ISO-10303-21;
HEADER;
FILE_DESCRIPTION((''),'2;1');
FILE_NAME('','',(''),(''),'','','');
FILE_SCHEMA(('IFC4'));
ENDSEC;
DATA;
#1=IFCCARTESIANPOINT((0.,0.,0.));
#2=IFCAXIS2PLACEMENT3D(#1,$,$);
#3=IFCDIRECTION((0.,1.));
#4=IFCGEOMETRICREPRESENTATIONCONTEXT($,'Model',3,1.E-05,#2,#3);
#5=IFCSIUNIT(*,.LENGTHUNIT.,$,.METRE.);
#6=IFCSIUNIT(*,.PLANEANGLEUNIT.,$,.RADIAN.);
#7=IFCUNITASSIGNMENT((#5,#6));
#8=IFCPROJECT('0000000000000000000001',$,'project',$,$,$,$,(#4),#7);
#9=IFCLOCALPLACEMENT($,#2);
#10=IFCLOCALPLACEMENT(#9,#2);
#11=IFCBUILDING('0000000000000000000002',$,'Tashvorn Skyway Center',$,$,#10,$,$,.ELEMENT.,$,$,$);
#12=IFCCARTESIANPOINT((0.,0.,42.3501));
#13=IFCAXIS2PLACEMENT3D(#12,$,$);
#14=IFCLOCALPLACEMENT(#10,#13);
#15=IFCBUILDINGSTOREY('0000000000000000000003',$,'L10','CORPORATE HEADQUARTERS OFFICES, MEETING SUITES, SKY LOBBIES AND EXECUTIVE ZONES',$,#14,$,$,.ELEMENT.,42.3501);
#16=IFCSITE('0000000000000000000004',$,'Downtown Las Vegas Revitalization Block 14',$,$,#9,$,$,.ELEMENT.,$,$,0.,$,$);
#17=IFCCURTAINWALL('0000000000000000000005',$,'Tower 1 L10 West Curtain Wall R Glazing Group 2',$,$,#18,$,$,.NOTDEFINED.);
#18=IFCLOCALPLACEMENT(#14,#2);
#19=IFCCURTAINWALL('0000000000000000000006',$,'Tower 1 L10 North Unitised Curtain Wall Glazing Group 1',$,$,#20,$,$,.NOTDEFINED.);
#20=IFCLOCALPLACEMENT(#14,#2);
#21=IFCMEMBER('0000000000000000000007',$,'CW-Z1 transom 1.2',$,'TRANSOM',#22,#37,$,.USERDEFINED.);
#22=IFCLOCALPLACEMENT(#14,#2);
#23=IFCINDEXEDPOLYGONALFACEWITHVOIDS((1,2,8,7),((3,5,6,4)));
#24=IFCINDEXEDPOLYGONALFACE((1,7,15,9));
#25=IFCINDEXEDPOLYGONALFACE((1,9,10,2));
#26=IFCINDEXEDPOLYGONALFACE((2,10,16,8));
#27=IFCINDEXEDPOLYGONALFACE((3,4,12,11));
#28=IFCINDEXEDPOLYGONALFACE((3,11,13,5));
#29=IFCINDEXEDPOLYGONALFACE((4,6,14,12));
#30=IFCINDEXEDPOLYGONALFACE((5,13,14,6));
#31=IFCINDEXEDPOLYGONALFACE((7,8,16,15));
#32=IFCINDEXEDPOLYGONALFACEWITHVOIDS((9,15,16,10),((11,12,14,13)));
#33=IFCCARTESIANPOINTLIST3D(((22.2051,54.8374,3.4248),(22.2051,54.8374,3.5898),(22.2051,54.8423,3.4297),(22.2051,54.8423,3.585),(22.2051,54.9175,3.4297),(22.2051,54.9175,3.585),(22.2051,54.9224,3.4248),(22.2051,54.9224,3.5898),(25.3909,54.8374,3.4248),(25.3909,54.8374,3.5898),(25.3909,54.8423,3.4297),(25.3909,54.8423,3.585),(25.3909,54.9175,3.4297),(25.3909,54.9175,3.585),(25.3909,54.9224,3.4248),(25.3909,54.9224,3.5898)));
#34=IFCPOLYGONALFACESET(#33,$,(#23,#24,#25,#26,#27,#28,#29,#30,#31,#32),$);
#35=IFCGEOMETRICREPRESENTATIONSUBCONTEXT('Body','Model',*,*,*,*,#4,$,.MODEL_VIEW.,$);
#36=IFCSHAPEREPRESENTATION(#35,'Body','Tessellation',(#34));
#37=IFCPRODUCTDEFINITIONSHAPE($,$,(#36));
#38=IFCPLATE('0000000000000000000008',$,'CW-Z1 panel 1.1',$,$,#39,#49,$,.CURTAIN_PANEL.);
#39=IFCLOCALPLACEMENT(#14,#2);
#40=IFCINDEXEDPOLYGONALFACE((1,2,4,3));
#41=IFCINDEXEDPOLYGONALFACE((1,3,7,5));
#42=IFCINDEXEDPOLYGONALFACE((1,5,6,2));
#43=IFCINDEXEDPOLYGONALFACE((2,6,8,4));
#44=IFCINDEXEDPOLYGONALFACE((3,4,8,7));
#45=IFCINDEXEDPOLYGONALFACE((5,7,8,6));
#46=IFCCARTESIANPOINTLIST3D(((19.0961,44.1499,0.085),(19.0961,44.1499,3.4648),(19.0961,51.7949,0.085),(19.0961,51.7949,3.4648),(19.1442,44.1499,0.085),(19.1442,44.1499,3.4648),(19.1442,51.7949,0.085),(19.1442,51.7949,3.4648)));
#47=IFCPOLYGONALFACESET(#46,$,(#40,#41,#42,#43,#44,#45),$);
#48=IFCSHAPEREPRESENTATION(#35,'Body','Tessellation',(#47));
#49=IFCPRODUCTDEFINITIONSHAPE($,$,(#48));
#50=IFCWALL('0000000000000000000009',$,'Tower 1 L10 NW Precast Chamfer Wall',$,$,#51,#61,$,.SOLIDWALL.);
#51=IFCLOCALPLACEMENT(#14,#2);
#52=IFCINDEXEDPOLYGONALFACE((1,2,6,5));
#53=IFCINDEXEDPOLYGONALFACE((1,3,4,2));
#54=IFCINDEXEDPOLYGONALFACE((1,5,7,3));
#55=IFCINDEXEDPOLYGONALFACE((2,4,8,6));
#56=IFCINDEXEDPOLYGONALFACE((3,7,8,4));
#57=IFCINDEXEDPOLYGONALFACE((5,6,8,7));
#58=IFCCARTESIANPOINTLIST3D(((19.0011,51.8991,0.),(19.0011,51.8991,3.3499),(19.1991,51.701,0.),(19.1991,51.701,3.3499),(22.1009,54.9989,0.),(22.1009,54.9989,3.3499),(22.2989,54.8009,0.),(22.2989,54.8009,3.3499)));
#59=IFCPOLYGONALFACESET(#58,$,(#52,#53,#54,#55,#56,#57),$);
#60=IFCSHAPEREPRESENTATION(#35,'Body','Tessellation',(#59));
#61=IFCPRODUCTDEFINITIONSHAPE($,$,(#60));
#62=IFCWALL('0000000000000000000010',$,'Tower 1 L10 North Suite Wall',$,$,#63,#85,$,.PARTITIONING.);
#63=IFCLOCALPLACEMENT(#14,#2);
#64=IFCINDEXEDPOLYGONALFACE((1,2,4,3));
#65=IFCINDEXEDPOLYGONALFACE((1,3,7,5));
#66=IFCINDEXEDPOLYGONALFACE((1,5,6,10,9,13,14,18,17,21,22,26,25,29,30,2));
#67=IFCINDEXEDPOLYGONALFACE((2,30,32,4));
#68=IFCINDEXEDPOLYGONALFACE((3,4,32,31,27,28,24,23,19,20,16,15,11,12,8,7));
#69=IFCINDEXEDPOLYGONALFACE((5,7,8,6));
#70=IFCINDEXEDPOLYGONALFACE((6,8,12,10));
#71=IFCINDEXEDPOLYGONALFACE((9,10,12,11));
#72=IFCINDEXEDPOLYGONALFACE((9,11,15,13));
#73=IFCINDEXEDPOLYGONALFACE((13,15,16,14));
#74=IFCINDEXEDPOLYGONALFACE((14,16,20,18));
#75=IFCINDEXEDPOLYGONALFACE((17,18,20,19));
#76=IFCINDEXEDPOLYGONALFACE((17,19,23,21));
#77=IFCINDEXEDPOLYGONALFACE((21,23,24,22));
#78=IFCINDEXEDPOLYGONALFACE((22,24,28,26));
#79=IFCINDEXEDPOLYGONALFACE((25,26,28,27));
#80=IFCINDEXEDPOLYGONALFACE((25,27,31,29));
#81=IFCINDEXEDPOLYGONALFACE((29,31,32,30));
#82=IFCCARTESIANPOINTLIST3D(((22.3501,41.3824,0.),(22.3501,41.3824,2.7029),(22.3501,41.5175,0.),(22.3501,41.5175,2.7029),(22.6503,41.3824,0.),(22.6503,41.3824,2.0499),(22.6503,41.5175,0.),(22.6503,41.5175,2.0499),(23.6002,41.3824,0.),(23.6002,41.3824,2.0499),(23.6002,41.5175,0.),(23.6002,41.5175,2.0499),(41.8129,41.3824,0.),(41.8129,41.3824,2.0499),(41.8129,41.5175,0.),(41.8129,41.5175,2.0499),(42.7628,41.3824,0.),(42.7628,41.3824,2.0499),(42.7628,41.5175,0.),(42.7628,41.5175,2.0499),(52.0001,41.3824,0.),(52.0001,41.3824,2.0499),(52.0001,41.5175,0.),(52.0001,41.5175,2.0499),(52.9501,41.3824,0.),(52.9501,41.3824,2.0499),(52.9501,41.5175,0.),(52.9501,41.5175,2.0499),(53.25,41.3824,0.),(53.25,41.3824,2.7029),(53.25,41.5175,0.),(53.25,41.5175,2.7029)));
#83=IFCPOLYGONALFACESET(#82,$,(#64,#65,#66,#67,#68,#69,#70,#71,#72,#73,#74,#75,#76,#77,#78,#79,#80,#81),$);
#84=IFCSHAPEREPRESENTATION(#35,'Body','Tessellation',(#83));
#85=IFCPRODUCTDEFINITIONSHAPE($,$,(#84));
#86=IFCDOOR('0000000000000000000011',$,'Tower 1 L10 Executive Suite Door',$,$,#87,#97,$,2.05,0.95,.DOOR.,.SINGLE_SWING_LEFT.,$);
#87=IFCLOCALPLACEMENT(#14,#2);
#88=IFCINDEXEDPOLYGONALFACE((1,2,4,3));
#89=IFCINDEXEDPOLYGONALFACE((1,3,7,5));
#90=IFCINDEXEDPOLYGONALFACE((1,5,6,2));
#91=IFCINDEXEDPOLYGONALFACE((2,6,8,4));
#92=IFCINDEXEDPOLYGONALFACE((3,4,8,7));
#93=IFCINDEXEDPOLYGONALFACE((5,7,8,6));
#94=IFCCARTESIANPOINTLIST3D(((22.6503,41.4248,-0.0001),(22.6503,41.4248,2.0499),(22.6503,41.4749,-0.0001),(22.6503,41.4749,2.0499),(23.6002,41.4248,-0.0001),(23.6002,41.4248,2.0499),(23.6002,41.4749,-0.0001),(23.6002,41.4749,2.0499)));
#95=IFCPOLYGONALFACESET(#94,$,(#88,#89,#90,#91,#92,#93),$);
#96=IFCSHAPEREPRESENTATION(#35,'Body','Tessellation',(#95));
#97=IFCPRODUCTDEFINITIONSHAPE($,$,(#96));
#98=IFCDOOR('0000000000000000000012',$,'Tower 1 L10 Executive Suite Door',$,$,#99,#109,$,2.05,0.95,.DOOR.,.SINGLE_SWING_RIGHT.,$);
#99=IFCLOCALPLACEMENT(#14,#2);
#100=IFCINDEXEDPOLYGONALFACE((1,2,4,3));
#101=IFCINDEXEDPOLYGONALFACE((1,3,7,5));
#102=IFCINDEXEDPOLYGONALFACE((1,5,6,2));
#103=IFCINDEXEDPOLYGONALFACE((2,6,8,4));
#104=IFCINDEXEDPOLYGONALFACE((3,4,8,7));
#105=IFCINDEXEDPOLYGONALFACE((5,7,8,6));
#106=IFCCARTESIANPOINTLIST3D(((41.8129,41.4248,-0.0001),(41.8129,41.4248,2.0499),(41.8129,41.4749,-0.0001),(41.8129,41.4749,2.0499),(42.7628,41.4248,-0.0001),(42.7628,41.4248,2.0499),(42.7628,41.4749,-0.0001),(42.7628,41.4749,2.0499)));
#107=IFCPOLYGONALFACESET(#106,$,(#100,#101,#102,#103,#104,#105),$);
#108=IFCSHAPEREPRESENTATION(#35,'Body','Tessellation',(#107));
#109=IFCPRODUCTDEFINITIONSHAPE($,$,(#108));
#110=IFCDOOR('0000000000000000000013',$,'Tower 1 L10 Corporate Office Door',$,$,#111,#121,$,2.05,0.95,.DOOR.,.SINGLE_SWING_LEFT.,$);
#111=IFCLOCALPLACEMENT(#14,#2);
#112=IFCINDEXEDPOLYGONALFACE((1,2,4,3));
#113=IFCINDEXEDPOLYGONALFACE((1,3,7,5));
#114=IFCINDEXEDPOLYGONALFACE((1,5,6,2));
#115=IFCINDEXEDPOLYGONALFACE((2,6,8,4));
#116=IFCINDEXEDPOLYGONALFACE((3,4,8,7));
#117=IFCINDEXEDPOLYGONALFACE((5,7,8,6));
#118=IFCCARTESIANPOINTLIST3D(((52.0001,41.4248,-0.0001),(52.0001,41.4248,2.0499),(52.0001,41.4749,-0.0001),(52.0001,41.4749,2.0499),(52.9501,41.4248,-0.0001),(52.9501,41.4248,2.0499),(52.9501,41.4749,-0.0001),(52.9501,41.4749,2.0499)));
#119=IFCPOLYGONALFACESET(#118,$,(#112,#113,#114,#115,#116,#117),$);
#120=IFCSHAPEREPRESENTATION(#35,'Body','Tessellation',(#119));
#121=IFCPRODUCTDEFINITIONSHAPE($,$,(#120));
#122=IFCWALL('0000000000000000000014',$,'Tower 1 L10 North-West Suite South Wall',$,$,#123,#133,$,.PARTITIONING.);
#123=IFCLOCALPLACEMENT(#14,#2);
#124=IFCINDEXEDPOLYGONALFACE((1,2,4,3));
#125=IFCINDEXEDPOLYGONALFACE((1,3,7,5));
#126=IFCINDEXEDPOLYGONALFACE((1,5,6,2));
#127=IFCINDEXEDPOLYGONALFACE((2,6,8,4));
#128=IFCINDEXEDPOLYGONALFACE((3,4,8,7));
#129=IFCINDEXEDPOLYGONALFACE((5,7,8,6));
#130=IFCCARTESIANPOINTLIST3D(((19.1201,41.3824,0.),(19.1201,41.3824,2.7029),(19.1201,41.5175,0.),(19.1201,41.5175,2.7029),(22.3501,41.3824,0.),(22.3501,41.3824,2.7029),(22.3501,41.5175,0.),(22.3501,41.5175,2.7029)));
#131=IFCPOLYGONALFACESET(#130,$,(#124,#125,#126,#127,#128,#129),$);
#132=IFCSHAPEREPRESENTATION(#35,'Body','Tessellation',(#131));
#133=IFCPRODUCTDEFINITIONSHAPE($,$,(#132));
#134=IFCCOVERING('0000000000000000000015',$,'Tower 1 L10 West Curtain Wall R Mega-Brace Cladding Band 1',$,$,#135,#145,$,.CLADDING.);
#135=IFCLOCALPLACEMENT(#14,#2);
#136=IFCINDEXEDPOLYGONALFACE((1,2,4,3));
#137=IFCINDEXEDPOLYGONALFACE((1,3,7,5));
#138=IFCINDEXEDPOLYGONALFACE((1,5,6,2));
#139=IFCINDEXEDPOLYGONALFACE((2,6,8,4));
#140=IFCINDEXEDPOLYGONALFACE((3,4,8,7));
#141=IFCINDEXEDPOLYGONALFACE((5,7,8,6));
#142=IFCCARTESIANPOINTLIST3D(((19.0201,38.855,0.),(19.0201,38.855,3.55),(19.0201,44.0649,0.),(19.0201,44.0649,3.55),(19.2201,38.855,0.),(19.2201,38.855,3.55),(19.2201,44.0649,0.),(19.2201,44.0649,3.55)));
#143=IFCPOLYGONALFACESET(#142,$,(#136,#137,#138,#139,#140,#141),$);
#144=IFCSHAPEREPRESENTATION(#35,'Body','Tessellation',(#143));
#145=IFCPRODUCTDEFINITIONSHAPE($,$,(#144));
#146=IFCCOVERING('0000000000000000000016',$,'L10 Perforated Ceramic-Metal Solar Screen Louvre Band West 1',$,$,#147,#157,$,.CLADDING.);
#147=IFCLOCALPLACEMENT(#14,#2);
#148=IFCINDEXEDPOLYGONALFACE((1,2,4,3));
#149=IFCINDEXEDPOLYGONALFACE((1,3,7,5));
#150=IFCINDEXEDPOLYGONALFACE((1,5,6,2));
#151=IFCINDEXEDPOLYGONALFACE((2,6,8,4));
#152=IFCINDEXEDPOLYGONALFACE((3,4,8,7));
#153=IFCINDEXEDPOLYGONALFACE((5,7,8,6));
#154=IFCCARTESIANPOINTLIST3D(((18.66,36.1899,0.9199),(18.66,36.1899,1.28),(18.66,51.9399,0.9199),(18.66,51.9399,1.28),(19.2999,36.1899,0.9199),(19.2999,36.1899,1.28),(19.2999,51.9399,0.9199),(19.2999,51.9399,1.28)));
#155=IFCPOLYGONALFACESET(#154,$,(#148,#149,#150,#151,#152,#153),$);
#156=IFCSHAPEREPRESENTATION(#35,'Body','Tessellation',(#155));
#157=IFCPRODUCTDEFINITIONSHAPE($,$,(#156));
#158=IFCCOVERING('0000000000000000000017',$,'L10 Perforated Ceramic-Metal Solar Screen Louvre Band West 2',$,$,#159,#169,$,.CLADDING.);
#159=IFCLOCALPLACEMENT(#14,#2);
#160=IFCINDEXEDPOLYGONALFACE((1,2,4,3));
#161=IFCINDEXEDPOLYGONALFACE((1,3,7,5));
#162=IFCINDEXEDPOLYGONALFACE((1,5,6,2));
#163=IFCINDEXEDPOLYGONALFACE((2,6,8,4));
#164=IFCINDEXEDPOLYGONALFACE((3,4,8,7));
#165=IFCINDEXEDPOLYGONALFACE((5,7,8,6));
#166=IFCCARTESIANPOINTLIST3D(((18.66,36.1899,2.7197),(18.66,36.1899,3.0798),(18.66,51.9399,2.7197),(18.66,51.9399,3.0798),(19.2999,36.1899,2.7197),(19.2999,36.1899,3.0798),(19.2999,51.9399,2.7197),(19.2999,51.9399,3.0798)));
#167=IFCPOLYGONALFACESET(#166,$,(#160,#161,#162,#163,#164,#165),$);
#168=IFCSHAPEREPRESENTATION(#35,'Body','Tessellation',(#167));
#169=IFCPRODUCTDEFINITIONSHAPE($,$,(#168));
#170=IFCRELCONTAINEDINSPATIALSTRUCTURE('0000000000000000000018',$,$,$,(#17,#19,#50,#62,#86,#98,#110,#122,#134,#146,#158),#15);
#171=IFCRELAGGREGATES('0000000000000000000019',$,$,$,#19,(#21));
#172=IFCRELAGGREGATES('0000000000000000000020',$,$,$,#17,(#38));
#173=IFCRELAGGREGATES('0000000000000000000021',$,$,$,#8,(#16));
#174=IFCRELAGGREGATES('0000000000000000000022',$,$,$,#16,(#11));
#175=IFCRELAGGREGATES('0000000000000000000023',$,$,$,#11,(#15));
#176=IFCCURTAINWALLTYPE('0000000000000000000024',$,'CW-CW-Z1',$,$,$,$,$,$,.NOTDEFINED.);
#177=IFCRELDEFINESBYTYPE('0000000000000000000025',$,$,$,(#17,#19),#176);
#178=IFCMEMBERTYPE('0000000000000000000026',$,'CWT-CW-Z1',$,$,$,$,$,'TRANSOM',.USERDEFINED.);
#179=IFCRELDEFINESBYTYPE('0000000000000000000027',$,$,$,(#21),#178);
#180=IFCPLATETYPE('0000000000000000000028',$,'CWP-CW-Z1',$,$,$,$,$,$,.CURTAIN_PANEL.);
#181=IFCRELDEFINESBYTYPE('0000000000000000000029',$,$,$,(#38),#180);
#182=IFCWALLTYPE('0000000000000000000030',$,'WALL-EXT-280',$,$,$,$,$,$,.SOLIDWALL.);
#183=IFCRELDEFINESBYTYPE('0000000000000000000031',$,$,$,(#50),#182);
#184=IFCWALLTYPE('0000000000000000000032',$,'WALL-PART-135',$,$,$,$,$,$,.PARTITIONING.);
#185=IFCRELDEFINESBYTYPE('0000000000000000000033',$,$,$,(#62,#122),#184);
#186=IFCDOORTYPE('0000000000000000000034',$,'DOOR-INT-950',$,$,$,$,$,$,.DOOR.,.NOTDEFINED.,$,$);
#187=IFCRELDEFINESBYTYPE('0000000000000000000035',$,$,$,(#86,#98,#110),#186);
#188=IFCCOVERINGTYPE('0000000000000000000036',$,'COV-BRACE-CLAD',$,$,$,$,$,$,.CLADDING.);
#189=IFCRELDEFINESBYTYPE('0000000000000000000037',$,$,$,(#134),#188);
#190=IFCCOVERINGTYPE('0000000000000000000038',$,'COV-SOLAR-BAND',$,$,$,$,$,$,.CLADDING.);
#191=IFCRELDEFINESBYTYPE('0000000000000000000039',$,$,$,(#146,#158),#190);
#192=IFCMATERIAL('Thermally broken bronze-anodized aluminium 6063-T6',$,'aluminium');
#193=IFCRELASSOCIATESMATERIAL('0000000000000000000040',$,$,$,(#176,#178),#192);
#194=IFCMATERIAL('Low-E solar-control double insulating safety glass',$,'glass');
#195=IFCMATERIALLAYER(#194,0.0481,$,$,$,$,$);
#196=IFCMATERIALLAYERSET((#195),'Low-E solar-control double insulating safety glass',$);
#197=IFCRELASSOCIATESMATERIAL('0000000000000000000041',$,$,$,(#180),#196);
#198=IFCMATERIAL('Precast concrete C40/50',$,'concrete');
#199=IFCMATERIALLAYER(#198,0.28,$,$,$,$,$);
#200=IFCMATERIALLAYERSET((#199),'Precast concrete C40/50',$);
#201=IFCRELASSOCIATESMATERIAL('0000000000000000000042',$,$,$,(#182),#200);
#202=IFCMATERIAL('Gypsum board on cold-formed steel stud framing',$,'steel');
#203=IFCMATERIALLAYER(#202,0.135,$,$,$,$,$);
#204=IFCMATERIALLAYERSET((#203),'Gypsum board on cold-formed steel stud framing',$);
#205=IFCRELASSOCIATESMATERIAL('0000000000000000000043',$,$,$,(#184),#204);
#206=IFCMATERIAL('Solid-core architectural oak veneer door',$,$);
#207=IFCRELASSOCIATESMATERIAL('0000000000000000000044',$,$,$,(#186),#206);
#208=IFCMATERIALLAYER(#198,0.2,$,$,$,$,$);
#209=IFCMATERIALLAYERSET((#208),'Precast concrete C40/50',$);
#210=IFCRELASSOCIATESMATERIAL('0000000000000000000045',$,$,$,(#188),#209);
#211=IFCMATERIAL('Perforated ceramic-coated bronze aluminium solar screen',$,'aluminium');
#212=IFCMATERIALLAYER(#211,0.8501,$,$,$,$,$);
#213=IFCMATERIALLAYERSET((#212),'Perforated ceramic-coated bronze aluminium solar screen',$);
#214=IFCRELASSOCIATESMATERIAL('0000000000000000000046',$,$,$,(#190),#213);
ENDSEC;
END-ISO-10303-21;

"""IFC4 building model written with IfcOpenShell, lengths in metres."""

from ifc_helpers import new_model, si_unit, direction, frame, frame_2d, origin, origin_2d, place, context, subcontext, project, spatial, rectangle, hollow_rectangle, extrude, material, layer, layer_set, material_profile, profile_set, type_object, element, fill, aggregate, save


model = new_model("IFC4")

# Units and contexts
model_context = context("Model", 3, precision=1e-05, world=origin(), true_north=direction((0.0, 1.0)))
body_context = subcontext(model_context, "Body", "Model", "MODEL_VIEW")
ifc_project = project(units=[si_unit("LENGTHUNIT", "METRE"), si_unit("PLANEANGLEUNIT", "RADIAN")], contexts=[model_context])

# Site, building, storey
site_placement = place(None, origin())
site = spatial("IfcSite", under=ifc_project, at=site_placement, Name="Downtown Las Vegas Revitalization Block 14", CompositionType="ELEMENT", RefElevation=0.0)
building_placement = place(site_placement, origin())
building = spatial("IfcBuilding", under=site, at=building_placement, Name="Tashvorn Skyway Center", CompositionType="ELEMENT")
storey_placement = place(building_placement, frame((0.0, 0.0, 42.3501)))
storey = spatial("IfcBuildingStorey", under=building, at=storey_placement, Name="L10", Description="CORPORATE HEADQUARTERS OFFICES, MEETING SUITES, SKY LOBBIES AND EXECUTIVE ZONES", CompositionType="ELEMENT", Elevation=42.3501)

# Curtain wall
ifc_material_1 = material(Name="Thermally broken bronze-anodized aluminium 6063-T6", Category="aluminium")
curtain_wall_type = type_object("IfcCurtainWallType", Name="CW-CW-Z1", PredefinedType="NOTDEFINED", material=ifc_material_1)
curtain_wall_1_placement = place(storey_placement, origin())
curtain_wall_1 = element("IfcCurtainWall", 1, at=curtain_wall_1_placement, inside=storey, type_object=curtain_wall_type, Name="Tower 1 L10 West Curtain Wall R Glazing Group 2", PredefinedType="NOTDEFINED")

# Curtain wall
curtain_wall_2_placement = place(storey_placement, origin())
curtain_wall_2 = element("IfcCurtainWall", 2, at=curtain_wall_2_placement, inside=storey, type_object=curtain_wall_type, Name="Tower 1 L10 North Unitised Curtain Wall Glazing Group 1", PredefinedType="NOTDEFINED")

# Member
ifc_material_profile_1 = material_profile(ifc_material_1, hollow_rectangle(XDim=0.085, YDim=0.165, WallThickness=0.0049, at=origin_2d()), Name="ALU-TRAN-85x165")
ifc_profile_set_1 = profile_set([ifc_material_profile_1], Name="Thermally broken bronze-anodized aluminium 6063-T6")
member_type_1 = type_object("IfcMemberType", Name="CWT-CW-Z1", ElementType="TRANSOM", PredefinedType="USERDEFINED", material=ifc_profile_set_1)
member_1_placement = place(storey_placement, frame((22.2051, 54.8799, 3.5073), z_axis=(1.0, 0.0, 0.0), x_axis=(0.0, 1.0, 0.0)))
member_1 = element("IfcMember", 3, at=member_1_placement, type_object=member_type_1, Name="CW-Z1 transom 1.2", ObjectType="TRANSOM", PredefinedType="USERDEFINED", context=body_context, shape_type="SweptSolid", body=[
    extrude(hollow_rectangle(XDim=0.085, YDim=0.165, WallThickness=0.0049, at=origin_2d()), origin(), (0.0, 0.0, 1.0), 3.1858),
])
aggregate(curtain_wall_2, [member_1])

# Plate
ifc_material_2 = material(Name="Low-E solar-control double insulating safety glass", Category="glass")
ifc_layer_1 = layer(ifc_material_2, 0.0481)
ifc_layer_set_1 = layer_set([ifc_layer_1], Name="Low-E solar-control double insulating safety glass")
plate_type = type_object("IfcPlateType", Name="CWP-CW-Z1", PredefinedType="CURTAIN_PANEL", material=ifc_layer_set_1)
plate_placement = place(storey_placement, frame((19.1201, 47.9724, 0.085), z_axis=(0.0, 0.0, 1.0), x_axis=(0.0, 1.0, 0.0)))
plate = element("IfcPlate", 4, at=plate_placement, type_object=plate_type, Name="CW-Z1 panel 1.1", PredefinedType="CURTAIN_PANEL", context=body_context, shape_type="SweptSolid", body=[
    extrude(rectangle(XDim=7.645, YDim=0.0481, at=origin_2d()), origin(), (0.0, 0.0, 1.0), 3.3799),
])
aggregate(curtain_wall_1, [plate])

# Wall
ifc_material_3 = material(Name="Precast concrete C40/50", Category="concrete")
ifc_layer_2 = layer(ifc_material_3, 0.28)
ifc_layer_set_2 = layer_set([ifc_layer_2], Name="Precast concrete C40/50")
wall_type_1 = type_object("IfcWallType", Name="WALL-EXT-280", PredefinedType="SOLIDWALL", material=ifc_layer_set_2)
wall_1_placement = place(storey_placement, frame((19.1001, 51.8, 0.0), z_axis=(0.0, 0.0, 1.0), x_axis=(0.707107, 0.707107, 0.0)))
element("IfcWall", 5, at=wall_1_placement, inside=storey, type_object=wall_type_1, Name="Tower 1 L10 NW Precast Chamfer Wall", PredefinedType="SOLIDWALL", context=body_context, shape_type="SweptSolid", body=[
    extrude(rectangle(XDim=4.3838, YDim=0.28, at=frame_2d((2.1919, 0.0))), origin(), (0.0, 0.0, 1.0), 3.3499),
])

# Wall, openings, doors
ifc_material_4 = material(Name="Gypsum board on cold-formed steel stud framing", Category="steel")
ifc_layer_3 = layer(ifc_material_4, 0.135)
ifc_layer_set_3 = layer_set([ifc_layer_3], Name="Gypsum board on cold-formed steel stud framing")
wall_type_2 = type_object("IfcWallType", Name="WALL-PART-135", PredefinedType="PARTITIONING", material=ifc_layer_set_3)
wall_2_placement = place(storey_placement, frame((22.3501, 41.45, 0.0), z_axis=(0.0, 0.0, 1.0), x_axis=(1.0, 0.0, 0.0)))
wall_2 = element("IfcWall", 6, at=wall_2_placement, inside=storey, type_object=wall_type_2, Name="Tower 1 L10 North Suite Wall", PredefinedType="PARTITIONING", context=body_context, shape_type="SweptSolid", body=[
    extrude(rectangle(XDim=30.8999, YDim=0.135, at=frame_2d((15.45, 0.0))), origin(), (0.0, 0.0, 1.0), 2.7029),
])
opening_1_placement = place(wall_2_placement, frame((0.3, 0.0, 0.0)))
opening_1 = element("IfcOpeningElement", 7, at=opening_1_placement, cuts=wall_2, PredefinedType="OPENING", context=body_context, shape_type="SweptSolid", body=[
    extrude(rectangle(XDim=0.95, YDim=2.05, at=frame_2d((0.4751, 1.0249))), frame((0.0, 0.0774, 0.0), z_axis=(0.0, -1.0, 0.0), x_axis=(1.0, 0.0, 0.0)), (0.0, 0.0, 1.0), 0.155),
])
opening_2_placement = place(wall_2_placement, frame((19.4626, 0.0, 0.0)))
opening_2 = element("IfcOpeningElement", 8, at=opening_2_placement, cuts=wall_2, PredefinedType="OPENING", context=body_context, shape_type="SweptSolid", body=[
    extrude(rectangle(XDim=0.95, YDim=2.05, at=frame_2d((0.4751, 1.0249))), frame((0.0, 0.0774, 0.0), z_axis=(0.0, -1.0, 0.0), x_axis=(1.0, 0.0, 0.0)), (0.0, 0.0, 1.0), 0.155),
])
opening_3_placement = place(wall_2_placement, frame((29.6499, 0.0, 0.0)))
opening_3 = element("IfcOpeningElement", 9, at=opening_3_placement, cuts=wall_2, PredefinedType="OPENING", context=body_context, shape_type="SweptSolid", body=[
    extrude(rectangle(XDim=0.95, YDim=2.05, at=frame_2d((0.4751, 1.0249))), frame((0.0, 0.0774, 0.0), z_axis=(0.0, -1.0, 0.0), x_axis=(1.0, 0.0, 0.0)), (0.0, 0.0, 1.0), 0.155),
])
ifc_material_5 = material(Name="Solid-core architectural oak veneer door")
door_type = type_object("IfcDoorType", Name="DOOR-INT-950", OperationType="NOTDEFINED", PredefinedType="DOOR", material=ifc_material_5)
door_1_placement = place(opening_1_placement, origin())
door_1 = element("IfcDoor", 10, at=door_1_placement, inside=storey, type_object=door_type, Name="Tower 1 L10 Executive Suite Door", OperationType="SINGLE_SWING_LEFT", OverallHeight=2.05, OverallWidth=0.95, PredefinedType="DOOR", context=body_context, shape_type="SweptSolid", body=[
    extrude(rectangle(XDim=0.95, YDim=2.05, at=frame_2d((0.4751, 1.0249))), frame((0.0, 0.0249, 0.0), z_axis=(0.0, -1.0, 0.0), x_axis=(1.0, 0.0, 0.0)), (0.0, 0.0, 1.0), 0.05),
])
fill(opening_1, door_1)
door_2_placement = place(opening_2_placement, origin())
door_2 = element("IfcDoor", 11, at=door_2_placement, inside=storey, type_object=door_type, Name="Tower 1 L10 Executive Suite Door", OperationType="SINGLE_SWING_RIGHT", OverallHeight=2.05, OverallWidth=0.95, PredefinedType="DOOR", context=body_context, shape_type="SweptSolid", body=[
    extrude(rectangle(XDim=0.95, YDim=2.05, at=frame_2d((0.4751, 1.0249))), frame((0.0, 0.0249, 0.0), z_axis=(0.0, -1.0, 0.0), x_axis=(1.0, 0.0, 0.0)), (0.0, 0.0, 1.0), 0.05),
])
fill(opening_2, door_2)
door_3_placement = place(opening_3_placement, origin())
door_3 = element("IfcDoor", 12, at=door_3_placement, inside=storey, type_object=door_type, Name="Tower 1 L10 Corporate Office Door", OperationType="SINGLE_SWING_LEFT", OverallHeight=2.05, OverallWidth=0.95, PredefinedType="DOOR", context=body_context, shape_type="SweptSolid", body=[
    extrude(rectangle(XDim=0.95, YDim=2.05, at=frame_2d((0.4751, 1.0249))), frame((0.0, 0.0249, 0.0), z_axis=(0.0, -1.0, 0.0), x_axis=(1.0, 0.0, 0.0)), (0.0, 0.0, 1.0), 0.05),
])
fill(opening_3, door_3)

# Wall
wall_3_placement = place(storey_placement, frame((19.1201, 41.45, 0.0), z_axis=(0.0, 0.0, 1.0), x_axis=(1.0, 0.0, 0.0)))
element("IfcWall", 13, at=wall_3_placement, inside=storey, type_object=wall_type_2, Name="Tower 1 L10 North-West Suite South Wall", PredefinedType="PARTITIONING", context=body_context, shape_type="SweptSolid", body=[
    extrude(rectangle(XDim=3.23, YDim=0.135, at=frame_2d((1.615, 0.0))), origin(), (0.0, 0.0, 1.0), 2.7029),
])

# Coverings
ifc_layer_4 = layer(ifc_material_3, 0.2)
ifc_layer_set_4 = layer_set([ifc_layer_4], Name="Precast concrete C40/50")
covering_type_1 = type_object("IfcCoveringType", Name="COV-BRACE-CLAD", PredefinedType="CLADDING", material=ifc_layer_set_4)
covering_1_placement = place(storey_placement, frame((19.1201, 41.46, 0.0), z_axis=(0.0, 0.0, 1.0), x_axis=(0.0, 1.0, 0.0)))
element("IfcCovering", 14, at=covering_1_placement, inside=storey, type_object=covering_type_1, Name="Tower 1 L10 West Curtain Wall R Mega-Brace Cladding Band 1", PredefinedType="CLADDING", context=body_context, shape_type="SweptSolid", body=[
    extrude(rectangle(XDim=5.21, YDim=0.2, at=origin_2d()), origin(), (0.0, 0.0, 1.0), 3.55),
])
ifc_material_6 = material(Name="Perforated ceramic-coated bronze aluminium solar screen", Category="aluminium")
ifc_layer_5 = layer(ifc_material_6, 0.8501)
ifc_layer_set_5 = layer_set([ifc_layer_5], Name="Perforated ceramic-coated bronze aluminium solar screen")
covering_type_2 = type_object("IfcCoveringType", Name="COV-SOLAR-BAND", PredefinedType="CLADDING", material=ifc_layer_set_5)
for number, where, z_axis, x_axis, name in (
    (15, (18.98, 44.0649, 0.9199), (0.0, 0.0, 1.0), (0.0, 1.0, 0.0), "L10 Perforated Ceramic-Metal Solar Screen Louvre Band West 1"),
    (16, (18.98, 44.0649, 2.7197), (0.0, 0.0, 1.0), (0.0, 1.0, 0.0), "L10 Perforated Ceramic-Metal Solar Screen Louvre Band West 2"),
):
    element("IfcCovering", number, at=place(storey_placement, frame(where, z_axis=z_axis, x_axis=x_axis)), inside=storey, type_object=covering_type_2, Name=name, PredefinedType="CLADDING", context=body_context, shape_type="SweptSolid", body=[
        extrude(rectangle(XDim=15.75, YDim=0.6399, at=origin_2d()), origin(), (0.0, 0.0, 1.0), 0.3601),
    ])

save(model, "model.ifc")
